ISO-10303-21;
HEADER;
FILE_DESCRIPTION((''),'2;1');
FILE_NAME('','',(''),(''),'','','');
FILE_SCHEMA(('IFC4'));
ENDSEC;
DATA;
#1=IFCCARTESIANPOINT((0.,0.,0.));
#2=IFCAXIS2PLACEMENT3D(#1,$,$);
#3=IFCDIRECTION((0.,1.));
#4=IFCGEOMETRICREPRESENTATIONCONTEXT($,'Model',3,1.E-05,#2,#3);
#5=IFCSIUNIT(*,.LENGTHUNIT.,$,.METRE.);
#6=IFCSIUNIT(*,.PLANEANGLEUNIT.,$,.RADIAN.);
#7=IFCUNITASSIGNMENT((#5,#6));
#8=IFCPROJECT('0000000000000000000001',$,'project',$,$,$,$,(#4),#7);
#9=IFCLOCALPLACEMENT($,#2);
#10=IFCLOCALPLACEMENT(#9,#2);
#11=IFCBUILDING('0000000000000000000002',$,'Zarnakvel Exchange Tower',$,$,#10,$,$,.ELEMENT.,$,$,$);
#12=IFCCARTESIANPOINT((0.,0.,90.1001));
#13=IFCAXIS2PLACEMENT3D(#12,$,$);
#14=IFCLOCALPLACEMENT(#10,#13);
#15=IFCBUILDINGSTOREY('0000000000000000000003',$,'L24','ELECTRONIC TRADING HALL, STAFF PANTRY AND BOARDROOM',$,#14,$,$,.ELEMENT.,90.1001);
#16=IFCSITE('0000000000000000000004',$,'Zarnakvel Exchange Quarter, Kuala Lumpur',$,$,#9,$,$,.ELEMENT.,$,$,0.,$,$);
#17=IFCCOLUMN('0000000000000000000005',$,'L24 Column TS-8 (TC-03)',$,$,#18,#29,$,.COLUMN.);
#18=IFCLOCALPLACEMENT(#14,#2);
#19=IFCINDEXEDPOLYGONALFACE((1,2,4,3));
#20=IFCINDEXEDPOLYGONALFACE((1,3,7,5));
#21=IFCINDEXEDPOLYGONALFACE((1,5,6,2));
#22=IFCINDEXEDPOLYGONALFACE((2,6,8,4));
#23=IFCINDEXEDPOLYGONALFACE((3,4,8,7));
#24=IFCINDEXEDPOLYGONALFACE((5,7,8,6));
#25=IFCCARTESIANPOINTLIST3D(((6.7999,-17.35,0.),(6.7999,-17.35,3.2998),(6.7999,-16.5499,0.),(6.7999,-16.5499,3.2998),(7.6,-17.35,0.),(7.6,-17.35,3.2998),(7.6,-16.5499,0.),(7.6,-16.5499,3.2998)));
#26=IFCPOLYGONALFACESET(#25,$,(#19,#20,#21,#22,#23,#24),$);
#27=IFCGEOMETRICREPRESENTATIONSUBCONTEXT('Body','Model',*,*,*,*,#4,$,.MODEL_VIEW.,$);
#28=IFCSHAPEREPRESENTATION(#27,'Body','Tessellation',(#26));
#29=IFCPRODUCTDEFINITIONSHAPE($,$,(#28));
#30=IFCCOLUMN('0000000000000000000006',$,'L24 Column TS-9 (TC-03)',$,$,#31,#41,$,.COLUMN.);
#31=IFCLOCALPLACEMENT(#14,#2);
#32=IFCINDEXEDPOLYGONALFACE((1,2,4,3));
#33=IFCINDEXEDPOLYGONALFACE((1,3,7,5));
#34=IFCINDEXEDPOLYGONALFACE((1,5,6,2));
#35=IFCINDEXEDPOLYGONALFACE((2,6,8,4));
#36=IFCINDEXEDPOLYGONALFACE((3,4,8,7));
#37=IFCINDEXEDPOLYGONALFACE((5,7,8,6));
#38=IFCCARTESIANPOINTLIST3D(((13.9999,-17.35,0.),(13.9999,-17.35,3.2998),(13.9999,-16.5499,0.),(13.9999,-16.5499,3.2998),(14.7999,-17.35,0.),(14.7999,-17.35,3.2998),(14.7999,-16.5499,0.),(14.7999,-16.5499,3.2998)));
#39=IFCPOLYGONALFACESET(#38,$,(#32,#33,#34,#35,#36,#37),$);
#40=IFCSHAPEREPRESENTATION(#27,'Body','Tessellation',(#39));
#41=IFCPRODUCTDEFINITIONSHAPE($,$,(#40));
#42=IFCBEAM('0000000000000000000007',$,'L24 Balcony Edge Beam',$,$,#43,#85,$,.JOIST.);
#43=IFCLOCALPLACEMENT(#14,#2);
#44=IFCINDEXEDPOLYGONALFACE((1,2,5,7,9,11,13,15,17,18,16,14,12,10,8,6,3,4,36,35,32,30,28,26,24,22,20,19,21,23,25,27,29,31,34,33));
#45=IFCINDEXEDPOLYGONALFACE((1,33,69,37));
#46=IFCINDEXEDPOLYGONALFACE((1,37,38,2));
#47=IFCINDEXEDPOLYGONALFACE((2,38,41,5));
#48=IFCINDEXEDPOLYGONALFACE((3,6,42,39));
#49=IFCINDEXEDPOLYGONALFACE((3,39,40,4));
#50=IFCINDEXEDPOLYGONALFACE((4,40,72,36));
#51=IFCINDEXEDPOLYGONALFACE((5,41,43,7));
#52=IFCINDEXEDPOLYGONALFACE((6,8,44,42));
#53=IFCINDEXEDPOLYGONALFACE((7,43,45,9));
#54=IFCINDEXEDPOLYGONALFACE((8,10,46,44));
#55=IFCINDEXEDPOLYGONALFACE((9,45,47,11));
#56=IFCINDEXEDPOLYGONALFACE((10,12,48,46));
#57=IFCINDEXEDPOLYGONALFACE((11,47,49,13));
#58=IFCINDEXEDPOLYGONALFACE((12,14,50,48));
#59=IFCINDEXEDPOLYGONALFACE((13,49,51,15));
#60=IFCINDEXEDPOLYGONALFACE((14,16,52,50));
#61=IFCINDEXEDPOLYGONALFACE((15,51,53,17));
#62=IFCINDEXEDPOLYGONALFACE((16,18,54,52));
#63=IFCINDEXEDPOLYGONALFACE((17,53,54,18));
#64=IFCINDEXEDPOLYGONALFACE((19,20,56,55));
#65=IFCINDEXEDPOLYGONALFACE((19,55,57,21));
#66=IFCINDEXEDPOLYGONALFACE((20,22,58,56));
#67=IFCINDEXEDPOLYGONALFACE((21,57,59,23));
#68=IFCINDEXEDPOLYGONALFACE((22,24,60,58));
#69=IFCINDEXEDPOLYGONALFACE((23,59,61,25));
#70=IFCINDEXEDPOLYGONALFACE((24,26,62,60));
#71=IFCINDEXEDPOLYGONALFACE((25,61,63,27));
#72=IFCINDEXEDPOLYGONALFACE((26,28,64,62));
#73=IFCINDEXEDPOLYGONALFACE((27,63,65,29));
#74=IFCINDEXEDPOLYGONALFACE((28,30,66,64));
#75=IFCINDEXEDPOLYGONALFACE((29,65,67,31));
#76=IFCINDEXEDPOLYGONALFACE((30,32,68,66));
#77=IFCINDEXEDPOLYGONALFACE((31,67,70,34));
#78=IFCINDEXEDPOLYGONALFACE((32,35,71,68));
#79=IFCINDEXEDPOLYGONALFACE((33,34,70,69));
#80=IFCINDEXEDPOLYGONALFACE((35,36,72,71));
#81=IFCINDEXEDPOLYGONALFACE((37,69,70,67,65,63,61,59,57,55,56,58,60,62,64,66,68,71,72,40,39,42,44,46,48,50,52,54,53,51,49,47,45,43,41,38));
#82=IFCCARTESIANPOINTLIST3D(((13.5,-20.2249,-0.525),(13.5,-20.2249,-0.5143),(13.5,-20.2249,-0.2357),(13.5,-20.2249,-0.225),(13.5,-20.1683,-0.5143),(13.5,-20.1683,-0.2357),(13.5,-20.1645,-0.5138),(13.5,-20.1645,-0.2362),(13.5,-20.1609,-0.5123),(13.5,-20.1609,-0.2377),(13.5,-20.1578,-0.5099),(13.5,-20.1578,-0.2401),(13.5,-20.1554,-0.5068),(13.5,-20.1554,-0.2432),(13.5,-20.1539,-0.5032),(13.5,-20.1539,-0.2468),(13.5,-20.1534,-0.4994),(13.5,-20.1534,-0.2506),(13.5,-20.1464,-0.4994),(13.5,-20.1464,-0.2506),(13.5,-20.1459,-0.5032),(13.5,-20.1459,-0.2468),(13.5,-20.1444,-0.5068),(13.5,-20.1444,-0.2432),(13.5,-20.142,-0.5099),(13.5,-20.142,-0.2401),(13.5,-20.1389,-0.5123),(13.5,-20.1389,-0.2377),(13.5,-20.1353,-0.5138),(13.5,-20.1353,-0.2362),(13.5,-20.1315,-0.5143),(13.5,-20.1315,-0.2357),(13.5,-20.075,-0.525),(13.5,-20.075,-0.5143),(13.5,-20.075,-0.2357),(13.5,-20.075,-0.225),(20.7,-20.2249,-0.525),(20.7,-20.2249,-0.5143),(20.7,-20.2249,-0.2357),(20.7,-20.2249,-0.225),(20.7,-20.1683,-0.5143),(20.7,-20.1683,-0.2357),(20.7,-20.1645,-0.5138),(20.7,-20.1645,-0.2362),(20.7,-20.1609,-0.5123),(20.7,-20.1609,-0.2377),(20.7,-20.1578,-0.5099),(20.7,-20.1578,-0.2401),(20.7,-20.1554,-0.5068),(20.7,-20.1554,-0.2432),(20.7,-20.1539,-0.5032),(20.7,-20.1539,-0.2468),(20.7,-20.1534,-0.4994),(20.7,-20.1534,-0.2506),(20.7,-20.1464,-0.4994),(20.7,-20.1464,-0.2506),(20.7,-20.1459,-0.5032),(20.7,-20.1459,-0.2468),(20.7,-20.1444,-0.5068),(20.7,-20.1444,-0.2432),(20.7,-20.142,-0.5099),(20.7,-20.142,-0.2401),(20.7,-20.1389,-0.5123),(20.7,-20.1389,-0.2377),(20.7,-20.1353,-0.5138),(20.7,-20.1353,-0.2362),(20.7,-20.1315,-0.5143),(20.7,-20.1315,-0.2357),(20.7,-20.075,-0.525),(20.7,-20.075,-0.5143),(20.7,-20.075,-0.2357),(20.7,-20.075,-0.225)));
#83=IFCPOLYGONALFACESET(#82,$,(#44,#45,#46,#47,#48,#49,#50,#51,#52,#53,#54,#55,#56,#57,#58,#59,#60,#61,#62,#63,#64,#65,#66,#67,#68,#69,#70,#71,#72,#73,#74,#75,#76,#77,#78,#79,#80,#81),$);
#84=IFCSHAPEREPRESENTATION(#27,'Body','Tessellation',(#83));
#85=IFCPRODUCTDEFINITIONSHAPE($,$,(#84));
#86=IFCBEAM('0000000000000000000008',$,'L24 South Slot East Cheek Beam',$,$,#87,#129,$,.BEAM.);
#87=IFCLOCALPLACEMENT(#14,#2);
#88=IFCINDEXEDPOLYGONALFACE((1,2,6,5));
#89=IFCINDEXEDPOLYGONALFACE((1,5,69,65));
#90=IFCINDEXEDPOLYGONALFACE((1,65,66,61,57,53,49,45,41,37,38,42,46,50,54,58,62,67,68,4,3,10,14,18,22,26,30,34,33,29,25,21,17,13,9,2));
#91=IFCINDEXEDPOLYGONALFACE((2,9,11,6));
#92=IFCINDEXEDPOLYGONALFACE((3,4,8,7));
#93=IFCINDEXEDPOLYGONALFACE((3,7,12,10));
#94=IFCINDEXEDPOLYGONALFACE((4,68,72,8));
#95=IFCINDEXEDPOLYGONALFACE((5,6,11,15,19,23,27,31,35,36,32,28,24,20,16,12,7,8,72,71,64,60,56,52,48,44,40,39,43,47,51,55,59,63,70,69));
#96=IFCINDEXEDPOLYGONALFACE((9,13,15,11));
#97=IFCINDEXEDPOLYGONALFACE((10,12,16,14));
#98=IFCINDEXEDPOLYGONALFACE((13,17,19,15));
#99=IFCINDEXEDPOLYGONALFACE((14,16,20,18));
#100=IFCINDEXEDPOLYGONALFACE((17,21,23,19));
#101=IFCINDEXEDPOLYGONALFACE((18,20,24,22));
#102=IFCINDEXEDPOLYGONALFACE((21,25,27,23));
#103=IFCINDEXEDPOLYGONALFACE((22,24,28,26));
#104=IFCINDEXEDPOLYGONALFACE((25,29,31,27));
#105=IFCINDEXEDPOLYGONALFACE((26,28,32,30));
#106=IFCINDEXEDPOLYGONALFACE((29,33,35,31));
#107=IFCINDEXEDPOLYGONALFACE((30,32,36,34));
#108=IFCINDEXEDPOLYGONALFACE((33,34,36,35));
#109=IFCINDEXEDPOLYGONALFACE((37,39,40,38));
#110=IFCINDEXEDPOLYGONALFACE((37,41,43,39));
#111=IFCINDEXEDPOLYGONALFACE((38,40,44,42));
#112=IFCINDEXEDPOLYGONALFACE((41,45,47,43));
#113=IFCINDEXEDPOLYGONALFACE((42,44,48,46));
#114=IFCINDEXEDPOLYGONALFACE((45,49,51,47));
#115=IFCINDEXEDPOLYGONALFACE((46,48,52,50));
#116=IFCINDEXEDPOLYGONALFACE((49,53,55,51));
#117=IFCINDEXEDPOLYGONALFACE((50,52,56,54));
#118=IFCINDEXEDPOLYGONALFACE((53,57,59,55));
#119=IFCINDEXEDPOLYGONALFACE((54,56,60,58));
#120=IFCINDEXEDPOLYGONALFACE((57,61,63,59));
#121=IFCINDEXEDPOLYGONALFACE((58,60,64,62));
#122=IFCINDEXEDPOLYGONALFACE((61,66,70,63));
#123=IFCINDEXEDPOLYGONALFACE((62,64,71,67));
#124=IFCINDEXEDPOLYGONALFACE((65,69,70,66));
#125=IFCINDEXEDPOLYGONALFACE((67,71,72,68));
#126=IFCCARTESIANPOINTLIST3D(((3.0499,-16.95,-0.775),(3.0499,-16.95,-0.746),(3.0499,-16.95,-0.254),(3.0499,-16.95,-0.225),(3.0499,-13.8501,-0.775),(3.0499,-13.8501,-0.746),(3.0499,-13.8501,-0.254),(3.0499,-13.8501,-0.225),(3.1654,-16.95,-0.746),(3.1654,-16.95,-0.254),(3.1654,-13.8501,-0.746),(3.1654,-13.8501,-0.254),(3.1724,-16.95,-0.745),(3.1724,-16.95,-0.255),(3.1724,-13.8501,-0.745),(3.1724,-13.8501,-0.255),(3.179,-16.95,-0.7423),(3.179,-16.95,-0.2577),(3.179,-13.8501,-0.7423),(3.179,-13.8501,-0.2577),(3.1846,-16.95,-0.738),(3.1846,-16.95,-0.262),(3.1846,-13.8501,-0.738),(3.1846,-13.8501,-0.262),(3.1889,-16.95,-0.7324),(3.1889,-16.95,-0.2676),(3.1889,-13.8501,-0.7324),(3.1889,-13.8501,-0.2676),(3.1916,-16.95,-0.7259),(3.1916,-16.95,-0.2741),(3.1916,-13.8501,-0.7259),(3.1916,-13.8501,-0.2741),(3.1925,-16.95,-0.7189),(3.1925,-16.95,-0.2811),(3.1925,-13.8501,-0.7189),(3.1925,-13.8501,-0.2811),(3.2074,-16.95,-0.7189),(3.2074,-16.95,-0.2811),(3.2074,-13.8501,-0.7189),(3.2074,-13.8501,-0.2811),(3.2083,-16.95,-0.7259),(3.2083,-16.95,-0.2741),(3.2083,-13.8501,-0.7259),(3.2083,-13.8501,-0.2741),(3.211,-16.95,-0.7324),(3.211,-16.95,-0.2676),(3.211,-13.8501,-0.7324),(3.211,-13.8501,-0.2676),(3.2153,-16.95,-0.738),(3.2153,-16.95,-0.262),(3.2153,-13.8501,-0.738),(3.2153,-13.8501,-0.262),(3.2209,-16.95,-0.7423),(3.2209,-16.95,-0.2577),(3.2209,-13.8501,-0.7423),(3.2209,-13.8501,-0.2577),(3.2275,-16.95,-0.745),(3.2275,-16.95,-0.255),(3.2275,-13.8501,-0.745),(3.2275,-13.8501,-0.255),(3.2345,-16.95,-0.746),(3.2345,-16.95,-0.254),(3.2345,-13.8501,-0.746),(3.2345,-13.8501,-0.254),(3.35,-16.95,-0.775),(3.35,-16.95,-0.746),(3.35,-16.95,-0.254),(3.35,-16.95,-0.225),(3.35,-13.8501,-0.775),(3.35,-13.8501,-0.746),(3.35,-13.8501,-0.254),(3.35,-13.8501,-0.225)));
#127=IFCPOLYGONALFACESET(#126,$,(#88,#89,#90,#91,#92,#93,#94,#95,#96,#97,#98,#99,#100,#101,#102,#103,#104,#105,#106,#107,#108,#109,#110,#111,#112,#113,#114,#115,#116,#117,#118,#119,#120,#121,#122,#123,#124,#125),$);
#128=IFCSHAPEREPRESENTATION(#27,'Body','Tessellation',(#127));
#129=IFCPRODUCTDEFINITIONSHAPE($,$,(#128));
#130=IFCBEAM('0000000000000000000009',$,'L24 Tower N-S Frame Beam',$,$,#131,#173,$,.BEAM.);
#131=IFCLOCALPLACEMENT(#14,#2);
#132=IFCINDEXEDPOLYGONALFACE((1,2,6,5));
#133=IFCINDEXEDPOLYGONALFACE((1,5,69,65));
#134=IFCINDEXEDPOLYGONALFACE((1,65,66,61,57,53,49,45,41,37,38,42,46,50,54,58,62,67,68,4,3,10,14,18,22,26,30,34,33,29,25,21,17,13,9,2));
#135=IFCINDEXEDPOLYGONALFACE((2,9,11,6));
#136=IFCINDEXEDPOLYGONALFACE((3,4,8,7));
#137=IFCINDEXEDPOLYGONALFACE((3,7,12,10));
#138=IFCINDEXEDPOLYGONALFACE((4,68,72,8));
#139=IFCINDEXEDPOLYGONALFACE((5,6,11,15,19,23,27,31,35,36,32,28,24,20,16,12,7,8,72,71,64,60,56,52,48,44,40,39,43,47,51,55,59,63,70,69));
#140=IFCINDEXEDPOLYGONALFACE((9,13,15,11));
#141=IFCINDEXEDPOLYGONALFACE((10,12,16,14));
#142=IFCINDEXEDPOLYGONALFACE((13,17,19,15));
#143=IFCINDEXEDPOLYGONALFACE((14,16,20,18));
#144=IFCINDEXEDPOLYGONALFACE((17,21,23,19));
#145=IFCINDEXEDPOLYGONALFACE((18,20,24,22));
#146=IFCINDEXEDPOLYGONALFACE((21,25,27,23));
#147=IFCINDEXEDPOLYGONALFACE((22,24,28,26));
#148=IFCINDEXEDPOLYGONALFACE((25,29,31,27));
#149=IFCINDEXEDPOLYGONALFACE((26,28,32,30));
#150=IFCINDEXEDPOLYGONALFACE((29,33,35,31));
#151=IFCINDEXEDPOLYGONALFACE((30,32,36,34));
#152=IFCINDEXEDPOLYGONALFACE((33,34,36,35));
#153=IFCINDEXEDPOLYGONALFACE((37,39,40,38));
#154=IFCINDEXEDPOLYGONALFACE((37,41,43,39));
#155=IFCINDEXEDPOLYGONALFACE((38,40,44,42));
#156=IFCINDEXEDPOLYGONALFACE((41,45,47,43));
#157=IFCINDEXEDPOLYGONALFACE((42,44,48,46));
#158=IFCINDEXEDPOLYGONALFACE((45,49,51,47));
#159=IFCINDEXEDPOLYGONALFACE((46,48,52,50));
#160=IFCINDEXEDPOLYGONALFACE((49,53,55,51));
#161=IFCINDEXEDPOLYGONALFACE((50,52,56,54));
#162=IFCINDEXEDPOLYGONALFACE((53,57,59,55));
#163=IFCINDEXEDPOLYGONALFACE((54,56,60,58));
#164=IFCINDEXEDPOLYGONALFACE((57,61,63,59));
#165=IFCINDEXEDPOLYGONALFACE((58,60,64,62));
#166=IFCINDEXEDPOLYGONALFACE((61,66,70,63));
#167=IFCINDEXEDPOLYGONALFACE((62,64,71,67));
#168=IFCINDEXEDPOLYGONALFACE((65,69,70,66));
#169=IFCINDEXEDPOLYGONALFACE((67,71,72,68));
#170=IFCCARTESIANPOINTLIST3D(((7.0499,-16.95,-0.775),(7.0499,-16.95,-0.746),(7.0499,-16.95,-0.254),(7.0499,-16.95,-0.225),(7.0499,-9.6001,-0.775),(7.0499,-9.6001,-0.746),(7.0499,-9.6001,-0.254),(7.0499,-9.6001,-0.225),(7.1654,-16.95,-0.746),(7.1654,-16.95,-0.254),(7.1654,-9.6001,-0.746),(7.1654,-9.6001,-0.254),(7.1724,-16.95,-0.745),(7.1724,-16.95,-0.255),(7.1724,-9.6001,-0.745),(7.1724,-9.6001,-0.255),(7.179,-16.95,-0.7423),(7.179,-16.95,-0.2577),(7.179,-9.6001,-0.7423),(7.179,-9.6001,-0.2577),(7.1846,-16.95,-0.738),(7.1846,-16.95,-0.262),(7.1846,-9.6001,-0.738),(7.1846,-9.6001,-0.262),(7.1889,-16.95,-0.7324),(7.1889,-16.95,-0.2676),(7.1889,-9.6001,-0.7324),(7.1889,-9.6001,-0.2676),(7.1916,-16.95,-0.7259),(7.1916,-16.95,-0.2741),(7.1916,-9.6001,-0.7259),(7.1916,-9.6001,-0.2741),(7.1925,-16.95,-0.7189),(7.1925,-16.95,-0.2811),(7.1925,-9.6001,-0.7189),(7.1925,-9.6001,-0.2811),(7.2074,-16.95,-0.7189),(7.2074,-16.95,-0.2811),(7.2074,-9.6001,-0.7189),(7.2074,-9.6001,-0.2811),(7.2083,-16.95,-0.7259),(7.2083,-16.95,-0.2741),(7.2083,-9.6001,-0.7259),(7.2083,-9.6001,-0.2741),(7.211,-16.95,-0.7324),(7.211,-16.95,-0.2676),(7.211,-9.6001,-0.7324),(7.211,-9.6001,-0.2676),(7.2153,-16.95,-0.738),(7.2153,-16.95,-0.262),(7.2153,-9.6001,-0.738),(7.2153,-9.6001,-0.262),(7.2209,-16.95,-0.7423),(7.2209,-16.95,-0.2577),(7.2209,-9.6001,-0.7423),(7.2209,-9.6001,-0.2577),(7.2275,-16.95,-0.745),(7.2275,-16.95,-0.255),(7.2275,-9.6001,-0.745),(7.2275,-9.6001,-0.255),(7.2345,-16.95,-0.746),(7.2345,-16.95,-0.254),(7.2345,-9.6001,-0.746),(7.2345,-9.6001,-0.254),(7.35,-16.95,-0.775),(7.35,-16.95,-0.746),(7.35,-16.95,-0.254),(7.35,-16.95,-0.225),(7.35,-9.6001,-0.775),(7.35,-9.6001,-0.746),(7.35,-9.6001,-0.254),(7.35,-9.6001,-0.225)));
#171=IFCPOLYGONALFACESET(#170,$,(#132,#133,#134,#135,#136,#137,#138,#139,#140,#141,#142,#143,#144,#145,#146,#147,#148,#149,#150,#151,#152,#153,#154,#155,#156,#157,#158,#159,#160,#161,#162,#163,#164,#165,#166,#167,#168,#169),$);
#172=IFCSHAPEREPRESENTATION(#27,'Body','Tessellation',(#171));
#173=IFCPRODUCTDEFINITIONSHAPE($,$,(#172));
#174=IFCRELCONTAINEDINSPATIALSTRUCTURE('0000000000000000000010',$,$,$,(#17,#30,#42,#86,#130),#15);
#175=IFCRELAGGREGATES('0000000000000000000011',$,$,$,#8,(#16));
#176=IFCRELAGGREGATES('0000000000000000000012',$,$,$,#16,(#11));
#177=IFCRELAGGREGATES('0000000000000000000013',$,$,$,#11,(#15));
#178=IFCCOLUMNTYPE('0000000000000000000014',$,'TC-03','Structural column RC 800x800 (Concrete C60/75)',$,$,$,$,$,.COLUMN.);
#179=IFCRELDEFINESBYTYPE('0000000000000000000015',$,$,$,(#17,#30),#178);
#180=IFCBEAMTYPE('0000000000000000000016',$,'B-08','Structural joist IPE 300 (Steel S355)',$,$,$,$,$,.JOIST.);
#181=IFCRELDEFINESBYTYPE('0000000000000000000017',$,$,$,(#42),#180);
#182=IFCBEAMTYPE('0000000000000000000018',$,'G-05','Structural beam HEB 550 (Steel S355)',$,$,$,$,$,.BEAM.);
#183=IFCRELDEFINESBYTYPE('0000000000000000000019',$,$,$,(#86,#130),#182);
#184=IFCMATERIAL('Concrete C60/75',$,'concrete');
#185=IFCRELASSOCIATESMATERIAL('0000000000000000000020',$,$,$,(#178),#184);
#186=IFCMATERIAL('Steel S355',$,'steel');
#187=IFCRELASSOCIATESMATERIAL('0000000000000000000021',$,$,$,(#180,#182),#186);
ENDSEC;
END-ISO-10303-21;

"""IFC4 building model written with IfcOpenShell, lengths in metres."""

from ifc_helpers import new_model, si_unit, direction, frame, origin, origin_2d, place, context, subcontext, project, spatial, rectangle, i_section, extrude, material, material_profile, profile_set, type_object, element, save


model = new_model("IFC4")

# Units and contexts
model_context = context("Model", 3, precision=1e-05, world=origin(), true_north=direction((0.0, 1.0)))
body_context = subcontext(model_context, "Body", "Model", "MODEL_VIEW")
ifc_project = project(units=[si_unit("LENGTHUNIT", "METRE"), si_unit("PLANEANGLEUNIT", "RADIAN")], contexts=[model_context])

# Site, building, storey
site_placement = place(None, origin())
site = spatial("IfcSite", under=ifc_project, at=site_placement, Name="Zarnakvel Exchange Quarter, Kuala Lumpur", CompositionType="ELEMENT", RefElevation=0.0)
building_placement = place(site_placement, origin())
building = spatial("IfcBuilding", under=site, at=building_placement, Name="Zarnakvel Exchange Tower", CompositionType="ELEMENT")
storey_placement = place(building_placement, frame((0.0, 0.0, 90.1001)))
storey = spatial("IfcBuildingStorey", under=building, at=storey_placement, Name="L24", Description="ELECTRONIC TRADING HALL, STAFF PANTRY AND BOARDROOM", CompositionType="ELEMENT", Elevation=90.1001)

# Columns
ifc_material_1 = material(Name="Concrete C60/75", Category="concrete")
ifc_material_profile_1 = material_profile(ifc_material_1, rectangle(XDim=0.8, YDim=0.8, at=origin_2d()))
ifc_profile_set_1 = profile_set([ifc_material_profile_1], Name="Concrete C60/75")
column_type = type_object("IfcColumnType", Name="TC-03", Description="Structural column RC 800x800 (Concrete C60/75)", PredefinedType="COLUMN", material=ifc_profile_set_1)
for number, where, z_axis, x_axis, name in (
    (1, (7.2, -16.95, 0.0), (0.0, 0.0, 1.0), (1.0, 0.0, 0.0), "L24 Column TS-8 (TC-03)"),
    (2, (14.3999, -16.95, 0.0), (0.0, 0.0, 1.0), (1.0, 0.0, 0.0), "L24 Column TS-9 (TC-03)"),
):
    element("IfcColumn", number, at=place(storey_placement, frame(where, z_axis=z_axis, x_axis=x_axis)), inside=storey, type_object=column_type, Name=name, PredefinedType="COLUMN", context=body_context, shape_type="SweptSolid", body=[
        extrude(rectangle(XDim=0.8, YDim=0.8, at=origin_2d()), origin(), (0.0, 0.0, 1.0), 3.2998),
    ])

# Beams
ifc_material_2 = material(Name="Steel S355", Category="steel")
ifc_material_profile_2 = material_profile(ifc_material_2, i_section(OverallWidth=0.1499, OverallDepth=0.3, WebThickness=0.0071, FlangeThickness=0.0107, FilletRadius=0.0149, at=origin_2d()))
ifc_profile_set_2 = profile_set([ifc_material_profile_2], Name="Steel S355")
beam_type_1 = type_object("IfcBeamType", Name="B-08", Description="Structural joist IPE 300 (Steel S355)", PredefinedType="JOIST", material=ifc_profile_set_2)
beam_1_placement = place(storey_placement, frame((13.5, -20.1499, -0.375), z_axis=(1.0, 0.0, 0.0), x_axis=(0.0, 1.0, 0.0)))
element("IfcBeam", 3, at=beam_1_placement, inside=storey, type_object=beam_type_1, Name="L24 Balcony Edge Beam", PredefinedType="JOIST", context=body_context, shape_type="SweptSolid", body=[
    extrude(i_section(OverallWidth=0.1499, OverallDepth=0.3, WebThickness=0.0071, FlangeThickness=0.0107, FilletRadius=0.0149, at=origin_2d()), origin(), (0.0, 0.0, 1.0), 7.2),
])
ifc_material_profile_3 = material_profile(ifc_material_2, i_section(OverallWidth=0.3, OverallDepth=0.55, WebThickness=0.0149, FlangeThickness=0.0291, FilletRadius=0.0271, at=origin_2d()))
ifc_profile_set_3 = profile_set([ifc_material_profile_3], Name="Steel S355")
beam_type_2 = type_object("IfcBeamType", Name="G-05", Description="Structural beam HEB 550 (Steel S355)", PredefinedType="BEAM", material=ifc_profile_set_3)
beam_2_placement = place(storey_placement, frame((3.2, -16.95, -0.5), z_axis=(0.0, 1.0, 0.0), x_axis=(-1.0, 0.0, 0.0)))
element("IfcBeam", 4, at=beam_2_placement, inside=storey, type_object=beam_type_2, Name="L24 South Slot East Cheek Beam", PredefinedType="BEAM", context=body_context, shape_type="SweptSolid", body=[
    extrude(i_section(OverallWidth=0.3, OverallDepth=0.55, WebThickness=0.0149, FlangeThickness=0.0291, FilletRadius=0.0271, at=origin_2d()), origin(), (0.0, 0.0, 1.0), 3.0999),
])
beam_3_placement = place(storey_placement, frame((7.2, -16.95, -0.5), z_axis=(0.0, 1.0, 0.0), x_axis=(-1.0, 0.0, 0.0)))
element("IfcBeam", 5, at=beam_3_placement, inside=storey, type_object=beam_type_2, Name="L24 Tower N-S Frame Beam", PredefinedType="BEAM", context=body_context, shape_type="SweptSolid", body=[
    extrude(i_section(OverallWidth=0.3, OverallDepth=0.55, WebThickness=0.0149, FlangeThickness=0.0291, FilletRadius=0.0271, at=origin_2d()), origin(), (0.0, 0.0, 1.0), 7.3499),
])

save(model, "model.ifc")
